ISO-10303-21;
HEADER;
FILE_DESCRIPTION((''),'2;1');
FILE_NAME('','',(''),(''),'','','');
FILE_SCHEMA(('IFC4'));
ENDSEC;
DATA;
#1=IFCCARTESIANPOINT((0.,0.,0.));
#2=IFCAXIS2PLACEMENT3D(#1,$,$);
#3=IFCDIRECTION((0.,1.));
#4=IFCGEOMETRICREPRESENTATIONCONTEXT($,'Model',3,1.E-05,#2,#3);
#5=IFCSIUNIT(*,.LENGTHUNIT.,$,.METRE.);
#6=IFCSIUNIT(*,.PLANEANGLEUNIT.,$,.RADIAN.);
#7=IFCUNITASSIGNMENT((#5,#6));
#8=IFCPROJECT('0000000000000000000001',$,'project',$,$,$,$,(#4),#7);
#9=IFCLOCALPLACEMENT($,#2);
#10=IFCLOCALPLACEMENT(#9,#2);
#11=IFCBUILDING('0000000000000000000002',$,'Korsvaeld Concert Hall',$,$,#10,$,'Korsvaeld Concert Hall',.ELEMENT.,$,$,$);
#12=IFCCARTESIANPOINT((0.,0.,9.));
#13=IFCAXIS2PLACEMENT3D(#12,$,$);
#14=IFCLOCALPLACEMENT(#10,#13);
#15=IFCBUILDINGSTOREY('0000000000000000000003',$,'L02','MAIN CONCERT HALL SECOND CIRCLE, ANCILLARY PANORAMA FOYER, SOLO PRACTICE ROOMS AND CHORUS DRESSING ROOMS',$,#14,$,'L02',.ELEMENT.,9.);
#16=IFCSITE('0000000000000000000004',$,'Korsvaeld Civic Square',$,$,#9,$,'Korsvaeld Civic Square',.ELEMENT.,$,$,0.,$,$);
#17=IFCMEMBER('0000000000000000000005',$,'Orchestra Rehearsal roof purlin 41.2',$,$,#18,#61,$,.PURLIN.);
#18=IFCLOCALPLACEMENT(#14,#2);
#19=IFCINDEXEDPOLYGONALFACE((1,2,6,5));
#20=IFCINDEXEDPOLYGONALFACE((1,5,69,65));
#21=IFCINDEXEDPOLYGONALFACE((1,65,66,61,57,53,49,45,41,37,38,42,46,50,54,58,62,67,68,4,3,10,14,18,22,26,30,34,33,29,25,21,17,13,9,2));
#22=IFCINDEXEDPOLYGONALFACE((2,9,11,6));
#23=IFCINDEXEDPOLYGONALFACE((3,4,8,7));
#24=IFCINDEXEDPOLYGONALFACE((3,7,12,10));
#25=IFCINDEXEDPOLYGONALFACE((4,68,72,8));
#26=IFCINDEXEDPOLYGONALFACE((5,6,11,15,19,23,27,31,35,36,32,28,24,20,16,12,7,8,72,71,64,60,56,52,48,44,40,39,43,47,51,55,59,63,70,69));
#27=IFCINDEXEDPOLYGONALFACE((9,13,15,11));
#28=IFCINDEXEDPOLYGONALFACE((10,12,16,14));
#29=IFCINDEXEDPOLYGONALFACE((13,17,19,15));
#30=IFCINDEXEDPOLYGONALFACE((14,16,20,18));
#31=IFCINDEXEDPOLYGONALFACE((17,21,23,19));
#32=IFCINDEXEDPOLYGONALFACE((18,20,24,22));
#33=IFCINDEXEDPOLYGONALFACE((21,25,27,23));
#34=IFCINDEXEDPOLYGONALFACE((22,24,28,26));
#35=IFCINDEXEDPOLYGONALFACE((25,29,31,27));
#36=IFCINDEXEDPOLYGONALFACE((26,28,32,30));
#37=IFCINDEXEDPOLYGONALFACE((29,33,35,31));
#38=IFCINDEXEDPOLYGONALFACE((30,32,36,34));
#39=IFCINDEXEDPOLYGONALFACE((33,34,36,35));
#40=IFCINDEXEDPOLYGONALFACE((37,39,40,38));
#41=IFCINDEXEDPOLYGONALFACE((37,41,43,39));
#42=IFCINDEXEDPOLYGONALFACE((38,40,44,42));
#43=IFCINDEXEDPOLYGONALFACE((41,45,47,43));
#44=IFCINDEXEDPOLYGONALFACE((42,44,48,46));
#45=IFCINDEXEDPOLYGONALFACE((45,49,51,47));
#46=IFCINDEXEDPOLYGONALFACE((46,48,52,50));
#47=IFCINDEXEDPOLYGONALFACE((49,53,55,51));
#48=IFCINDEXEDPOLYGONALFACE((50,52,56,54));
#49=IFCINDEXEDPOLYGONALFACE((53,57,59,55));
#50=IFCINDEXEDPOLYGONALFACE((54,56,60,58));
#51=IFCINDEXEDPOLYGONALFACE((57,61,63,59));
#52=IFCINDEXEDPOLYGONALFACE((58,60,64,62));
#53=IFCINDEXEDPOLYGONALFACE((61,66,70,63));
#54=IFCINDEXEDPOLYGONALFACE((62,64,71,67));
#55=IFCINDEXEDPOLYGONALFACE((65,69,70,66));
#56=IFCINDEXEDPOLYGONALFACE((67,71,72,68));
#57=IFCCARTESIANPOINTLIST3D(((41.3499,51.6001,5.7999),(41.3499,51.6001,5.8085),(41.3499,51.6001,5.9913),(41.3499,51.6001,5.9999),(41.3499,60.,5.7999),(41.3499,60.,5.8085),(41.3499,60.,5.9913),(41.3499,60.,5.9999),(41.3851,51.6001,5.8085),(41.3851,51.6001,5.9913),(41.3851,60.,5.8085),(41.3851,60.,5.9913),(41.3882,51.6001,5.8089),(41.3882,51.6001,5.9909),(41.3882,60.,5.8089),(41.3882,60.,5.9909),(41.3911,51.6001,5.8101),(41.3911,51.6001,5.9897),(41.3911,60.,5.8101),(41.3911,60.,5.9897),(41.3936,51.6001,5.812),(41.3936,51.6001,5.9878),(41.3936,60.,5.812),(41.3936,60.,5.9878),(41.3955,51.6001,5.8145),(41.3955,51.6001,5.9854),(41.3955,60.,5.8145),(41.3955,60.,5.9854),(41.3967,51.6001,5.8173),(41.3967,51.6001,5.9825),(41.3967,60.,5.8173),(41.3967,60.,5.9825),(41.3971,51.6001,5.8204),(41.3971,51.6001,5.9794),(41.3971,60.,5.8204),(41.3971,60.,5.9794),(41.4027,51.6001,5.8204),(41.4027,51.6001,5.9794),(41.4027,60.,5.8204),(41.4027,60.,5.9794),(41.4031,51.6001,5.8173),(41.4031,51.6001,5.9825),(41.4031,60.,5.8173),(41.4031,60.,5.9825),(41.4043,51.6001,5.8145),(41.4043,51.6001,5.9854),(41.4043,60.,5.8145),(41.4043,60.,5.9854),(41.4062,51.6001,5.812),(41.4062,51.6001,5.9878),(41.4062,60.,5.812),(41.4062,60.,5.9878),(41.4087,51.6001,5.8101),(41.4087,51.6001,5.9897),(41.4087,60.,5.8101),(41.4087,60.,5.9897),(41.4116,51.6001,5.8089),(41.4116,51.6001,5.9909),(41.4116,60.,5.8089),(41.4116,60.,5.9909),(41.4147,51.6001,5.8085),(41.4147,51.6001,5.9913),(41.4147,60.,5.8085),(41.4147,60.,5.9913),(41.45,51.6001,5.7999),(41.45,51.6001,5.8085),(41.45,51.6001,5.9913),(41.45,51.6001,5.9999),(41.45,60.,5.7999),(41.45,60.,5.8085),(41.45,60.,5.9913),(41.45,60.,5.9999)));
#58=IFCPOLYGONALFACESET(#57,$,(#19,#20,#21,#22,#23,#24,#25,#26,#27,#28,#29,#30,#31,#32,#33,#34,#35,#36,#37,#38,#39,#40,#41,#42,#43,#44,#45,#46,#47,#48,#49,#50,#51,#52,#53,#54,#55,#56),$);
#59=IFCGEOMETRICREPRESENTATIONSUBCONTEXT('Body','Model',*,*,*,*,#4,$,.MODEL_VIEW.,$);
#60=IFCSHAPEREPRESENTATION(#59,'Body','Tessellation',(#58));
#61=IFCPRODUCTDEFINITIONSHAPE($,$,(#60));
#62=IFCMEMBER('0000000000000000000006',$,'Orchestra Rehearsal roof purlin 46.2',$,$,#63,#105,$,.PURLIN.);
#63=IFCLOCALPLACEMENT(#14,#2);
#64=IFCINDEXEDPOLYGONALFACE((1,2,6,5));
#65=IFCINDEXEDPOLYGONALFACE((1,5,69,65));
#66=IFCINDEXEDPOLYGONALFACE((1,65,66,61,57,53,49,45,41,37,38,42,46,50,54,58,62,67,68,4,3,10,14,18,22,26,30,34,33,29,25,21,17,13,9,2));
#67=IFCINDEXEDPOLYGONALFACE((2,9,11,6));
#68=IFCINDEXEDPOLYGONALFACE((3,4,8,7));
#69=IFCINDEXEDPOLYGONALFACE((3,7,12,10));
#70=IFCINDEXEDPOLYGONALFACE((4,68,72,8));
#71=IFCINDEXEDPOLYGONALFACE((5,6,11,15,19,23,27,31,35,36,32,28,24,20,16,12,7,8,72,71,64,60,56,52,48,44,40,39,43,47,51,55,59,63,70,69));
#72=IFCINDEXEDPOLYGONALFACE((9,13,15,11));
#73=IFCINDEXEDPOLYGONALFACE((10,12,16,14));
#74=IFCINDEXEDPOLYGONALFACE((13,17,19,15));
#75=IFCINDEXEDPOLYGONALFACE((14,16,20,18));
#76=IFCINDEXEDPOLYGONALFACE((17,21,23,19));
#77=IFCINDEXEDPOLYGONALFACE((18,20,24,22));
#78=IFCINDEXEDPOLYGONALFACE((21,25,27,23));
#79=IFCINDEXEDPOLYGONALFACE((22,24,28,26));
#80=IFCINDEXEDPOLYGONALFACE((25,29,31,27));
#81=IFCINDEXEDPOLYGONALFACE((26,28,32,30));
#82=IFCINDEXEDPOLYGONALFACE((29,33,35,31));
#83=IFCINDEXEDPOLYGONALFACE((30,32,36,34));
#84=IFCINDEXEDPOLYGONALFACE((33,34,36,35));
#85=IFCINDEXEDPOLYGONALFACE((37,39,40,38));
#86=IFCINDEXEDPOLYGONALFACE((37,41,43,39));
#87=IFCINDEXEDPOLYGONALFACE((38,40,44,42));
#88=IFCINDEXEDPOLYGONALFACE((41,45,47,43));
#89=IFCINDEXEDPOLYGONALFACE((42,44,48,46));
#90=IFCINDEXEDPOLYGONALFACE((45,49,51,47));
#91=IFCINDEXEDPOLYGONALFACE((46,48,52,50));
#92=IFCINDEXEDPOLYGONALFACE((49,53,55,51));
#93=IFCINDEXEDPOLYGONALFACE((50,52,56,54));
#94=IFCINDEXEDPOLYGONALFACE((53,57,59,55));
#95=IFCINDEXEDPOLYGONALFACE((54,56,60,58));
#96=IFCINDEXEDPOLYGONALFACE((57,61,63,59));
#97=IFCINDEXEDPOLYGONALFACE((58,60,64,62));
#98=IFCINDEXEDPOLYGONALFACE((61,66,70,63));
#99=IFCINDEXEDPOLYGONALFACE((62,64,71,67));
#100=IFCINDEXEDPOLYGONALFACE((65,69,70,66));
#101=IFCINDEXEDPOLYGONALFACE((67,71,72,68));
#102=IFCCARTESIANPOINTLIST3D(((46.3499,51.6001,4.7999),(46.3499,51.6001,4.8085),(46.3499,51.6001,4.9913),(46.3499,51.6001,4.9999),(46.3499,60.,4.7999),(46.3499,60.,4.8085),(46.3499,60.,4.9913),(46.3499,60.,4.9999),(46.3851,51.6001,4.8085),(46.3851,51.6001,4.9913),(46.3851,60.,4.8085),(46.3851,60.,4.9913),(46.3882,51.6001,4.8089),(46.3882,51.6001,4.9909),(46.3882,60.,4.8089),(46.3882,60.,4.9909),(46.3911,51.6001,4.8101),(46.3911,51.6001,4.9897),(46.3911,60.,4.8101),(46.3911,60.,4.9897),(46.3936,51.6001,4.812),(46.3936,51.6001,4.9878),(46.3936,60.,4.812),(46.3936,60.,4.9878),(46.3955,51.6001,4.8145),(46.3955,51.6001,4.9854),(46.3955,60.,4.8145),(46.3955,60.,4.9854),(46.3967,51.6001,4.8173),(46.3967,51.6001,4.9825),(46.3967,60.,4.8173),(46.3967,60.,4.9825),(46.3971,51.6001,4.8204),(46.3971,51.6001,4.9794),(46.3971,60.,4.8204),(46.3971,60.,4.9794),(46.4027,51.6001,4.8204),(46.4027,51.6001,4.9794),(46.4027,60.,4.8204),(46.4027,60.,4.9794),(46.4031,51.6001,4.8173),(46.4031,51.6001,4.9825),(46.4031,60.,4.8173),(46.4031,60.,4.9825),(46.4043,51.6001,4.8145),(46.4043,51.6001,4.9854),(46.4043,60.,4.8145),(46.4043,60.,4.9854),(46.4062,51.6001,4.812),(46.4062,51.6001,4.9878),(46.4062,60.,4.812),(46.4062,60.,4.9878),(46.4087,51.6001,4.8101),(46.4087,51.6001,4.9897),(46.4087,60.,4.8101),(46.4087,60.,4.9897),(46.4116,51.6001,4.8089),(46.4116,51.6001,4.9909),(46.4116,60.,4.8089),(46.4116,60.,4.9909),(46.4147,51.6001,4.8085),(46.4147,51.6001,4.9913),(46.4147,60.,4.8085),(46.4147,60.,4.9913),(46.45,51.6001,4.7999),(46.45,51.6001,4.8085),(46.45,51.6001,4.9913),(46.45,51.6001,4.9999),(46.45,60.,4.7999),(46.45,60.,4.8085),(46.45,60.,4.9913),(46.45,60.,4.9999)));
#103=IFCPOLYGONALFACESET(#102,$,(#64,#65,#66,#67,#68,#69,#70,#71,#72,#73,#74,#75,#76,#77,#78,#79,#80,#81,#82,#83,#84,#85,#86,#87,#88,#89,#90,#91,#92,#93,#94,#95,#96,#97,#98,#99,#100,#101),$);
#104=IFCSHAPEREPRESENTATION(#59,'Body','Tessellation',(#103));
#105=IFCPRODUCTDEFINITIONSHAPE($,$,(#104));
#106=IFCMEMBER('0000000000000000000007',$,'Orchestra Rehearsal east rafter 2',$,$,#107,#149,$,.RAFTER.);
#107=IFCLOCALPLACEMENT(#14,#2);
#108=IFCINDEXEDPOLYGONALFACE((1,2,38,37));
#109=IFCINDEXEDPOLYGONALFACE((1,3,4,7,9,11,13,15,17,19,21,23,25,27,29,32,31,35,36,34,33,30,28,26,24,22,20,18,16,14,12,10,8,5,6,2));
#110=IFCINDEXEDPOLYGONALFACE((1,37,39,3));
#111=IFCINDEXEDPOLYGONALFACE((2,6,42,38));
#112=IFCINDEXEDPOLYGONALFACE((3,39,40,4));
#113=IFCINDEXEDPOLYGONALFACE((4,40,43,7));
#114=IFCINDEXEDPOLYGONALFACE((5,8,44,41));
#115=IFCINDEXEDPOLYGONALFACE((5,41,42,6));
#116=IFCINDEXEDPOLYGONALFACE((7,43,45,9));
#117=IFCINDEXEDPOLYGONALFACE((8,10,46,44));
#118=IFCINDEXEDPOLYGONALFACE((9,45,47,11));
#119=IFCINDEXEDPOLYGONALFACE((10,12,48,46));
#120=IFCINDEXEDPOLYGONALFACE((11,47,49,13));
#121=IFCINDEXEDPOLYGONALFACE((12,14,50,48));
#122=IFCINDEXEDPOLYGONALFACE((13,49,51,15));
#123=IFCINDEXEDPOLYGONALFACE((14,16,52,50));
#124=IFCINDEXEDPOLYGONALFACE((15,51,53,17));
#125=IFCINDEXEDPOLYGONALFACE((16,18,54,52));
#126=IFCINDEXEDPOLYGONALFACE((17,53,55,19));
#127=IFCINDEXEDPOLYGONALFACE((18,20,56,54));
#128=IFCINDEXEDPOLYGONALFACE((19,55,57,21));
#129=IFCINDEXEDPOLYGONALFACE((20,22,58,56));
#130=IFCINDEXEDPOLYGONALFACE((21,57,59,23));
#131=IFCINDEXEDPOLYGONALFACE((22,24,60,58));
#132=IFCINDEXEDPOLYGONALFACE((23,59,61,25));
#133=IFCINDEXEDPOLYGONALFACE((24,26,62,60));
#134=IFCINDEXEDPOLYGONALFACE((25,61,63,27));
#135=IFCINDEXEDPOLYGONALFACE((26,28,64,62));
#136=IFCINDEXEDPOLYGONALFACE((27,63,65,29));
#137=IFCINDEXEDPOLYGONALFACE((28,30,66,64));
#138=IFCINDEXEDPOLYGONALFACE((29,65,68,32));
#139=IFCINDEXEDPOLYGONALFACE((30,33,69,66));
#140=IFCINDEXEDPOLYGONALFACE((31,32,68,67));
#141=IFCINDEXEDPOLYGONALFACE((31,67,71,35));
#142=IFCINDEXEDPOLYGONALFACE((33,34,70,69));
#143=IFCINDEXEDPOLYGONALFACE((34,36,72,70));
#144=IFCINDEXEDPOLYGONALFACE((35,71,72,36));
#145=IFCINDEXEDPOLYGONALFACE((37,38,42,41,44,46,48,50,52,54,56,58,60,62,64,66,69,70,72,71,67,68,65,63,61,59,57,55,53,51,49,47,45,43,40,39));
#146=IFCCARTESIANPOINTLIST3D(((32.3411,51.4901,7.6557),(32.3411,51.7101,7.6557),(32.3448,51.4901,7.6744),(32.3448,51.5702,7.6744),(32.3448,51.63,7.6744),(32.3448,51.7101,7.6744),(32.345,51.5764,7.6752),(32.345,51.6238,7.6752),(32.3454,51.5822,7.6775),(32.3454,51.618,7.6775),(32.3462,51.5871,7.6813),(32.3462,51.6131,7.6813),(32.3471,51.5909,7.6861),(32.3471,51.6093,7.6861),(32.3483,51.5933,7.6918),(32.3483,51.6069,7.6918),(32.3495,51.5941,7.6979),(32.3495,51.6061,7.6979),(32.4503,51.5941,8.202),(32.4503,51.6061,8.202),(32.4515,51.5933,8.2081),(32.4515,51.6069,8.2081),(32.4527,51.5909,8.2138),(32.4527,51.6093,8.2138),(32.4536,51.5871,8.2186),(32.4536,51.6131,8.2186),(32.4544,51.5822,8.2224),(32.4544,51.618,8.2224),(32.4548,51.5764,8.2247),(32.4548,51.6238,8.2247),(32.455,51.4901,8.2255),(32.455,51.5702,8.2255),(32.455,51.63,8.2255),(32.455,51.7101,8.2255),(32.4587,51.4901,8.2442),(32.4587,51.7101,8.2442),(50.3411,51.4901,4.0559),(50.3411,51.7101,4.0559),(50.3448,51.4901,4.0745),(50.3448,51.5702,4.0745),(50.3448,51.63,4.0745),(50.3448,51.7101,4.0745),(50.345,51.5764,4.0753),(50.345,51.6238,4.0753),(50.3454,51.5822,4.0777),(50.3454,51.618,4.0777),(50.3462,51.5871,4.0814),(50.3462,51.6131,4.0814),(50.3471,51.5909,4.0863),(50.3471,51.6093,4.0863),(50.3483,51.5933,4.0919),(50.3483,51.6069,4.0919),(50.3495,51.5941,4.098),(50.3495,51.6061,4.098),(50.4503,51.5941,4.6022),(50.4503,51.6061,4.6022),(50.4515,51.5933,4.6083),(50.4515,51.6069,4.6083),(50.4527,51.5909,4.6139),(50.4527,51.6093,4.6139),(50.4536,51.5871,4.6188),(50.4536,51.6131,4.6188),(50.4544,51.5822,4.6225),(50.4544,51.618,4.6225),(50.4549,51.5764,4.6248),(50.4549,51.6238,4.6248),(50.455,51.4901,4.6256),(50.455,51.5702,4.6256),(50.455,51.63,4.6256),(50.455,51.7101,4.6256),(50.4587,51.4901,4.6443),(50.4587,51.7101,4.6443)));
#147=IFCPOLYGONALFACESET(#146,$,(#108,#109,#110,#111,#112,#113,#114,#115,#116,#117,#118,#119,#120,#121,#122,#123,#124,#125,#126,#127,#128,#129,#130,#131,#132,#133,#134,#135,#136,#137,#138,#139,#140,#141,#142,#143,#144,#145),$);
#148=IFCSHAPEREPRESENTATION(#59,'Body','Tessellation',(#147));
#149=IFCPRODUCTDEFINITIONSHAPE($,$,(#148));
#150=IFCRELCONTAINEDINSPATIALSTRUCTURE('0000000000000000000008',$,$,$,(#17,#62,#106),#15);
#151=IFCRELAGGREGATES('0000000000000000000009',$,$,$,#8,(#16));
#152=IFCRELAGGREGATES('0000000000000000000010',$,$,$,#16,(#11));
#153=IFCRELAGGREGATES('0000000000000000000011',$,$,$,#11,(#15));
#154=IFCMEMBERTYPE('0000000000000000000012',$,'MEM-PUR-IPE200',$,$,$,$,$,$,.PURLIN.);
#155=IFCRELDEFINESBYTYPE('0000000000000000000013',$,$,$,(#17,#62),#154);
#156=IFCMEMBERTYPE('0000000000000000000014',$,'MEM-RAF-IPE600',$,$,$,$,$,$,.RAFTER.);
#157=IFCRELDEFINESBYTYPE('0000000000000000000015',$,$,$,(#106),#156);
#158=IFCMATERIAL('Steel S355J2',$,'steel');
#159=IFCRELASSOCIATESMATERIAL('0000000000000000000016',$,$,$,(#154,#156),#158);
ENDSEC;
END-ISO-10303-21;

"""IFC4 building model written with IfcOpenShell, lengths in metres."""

from ifc_helpers import new_model, si_unit, direction, frame, origin, origin_2d, place, context, subcontext, project, spatial, i_section, extrude, material, material_profile, profile_set, type_object, element, save


model = new_model("IFC4")

# Units and contexts
model_context = context("Model", 3, precision=1e-05, world=origin(), true_north=direction((0.0, 1.0)))
body_context = subcontext(model_context, "Body", "Model", "MODEL_VIEW")
ifc_project = project(units=[si_unit("LENGTHUNIT", "METRE"), si_unit("PLANEANGLEUNIT", "RADIAN")], contexts=[model_context])

# Site, building, storey
site_placement = place(None, origin())
site = spatial("IfcSite", under=ifc_project, at=site_placement, Name="Korsvaeld Civic Square", LongName="Korsvaeld Civic Square", CompositionType="ELEMENT", RefElevation=0.0)
building_placement = place(site_placement, origin())
building = spatial("IfcBuilding", under=site, at=building_placement, Name="Korsvaeld Concert Hall", LongName="Korsvaeld Concert Hall", CompositionType="ELEMENT")
storey_placement = place(building_placement, frame((0.0, 0.0, 9.0)))
storey = spatial("IfcBuildingStorey", under=building, at=storey_placement, Name="L02", Description="MAIN CONCERT HALL SECOND CIRCLE, ANCILLARY PANORAMA FOYER, SOLO PRACTICE ROOMS AND CHORUS DRESSING ROOMS", LongName="L02", CompositionType="ELEMENT", Elevation=9.0)

# Members
ifc_material_1 = material(Name="Steel S355J2", Category="steel")
ifc_material_profile_1 = material_profile(ifc_material_1, i_section(OverallWidth=0.1001, OverallDepth=0.2, WebThickness=0.0056, FlangeThickness=0.0085, FilletRadius=0.012, at=origin_2d()), Name="IPE 200")
ifc_profile_set_1 = profile_set([ifc_material_profile_1], Name="Steel S355J2")
member_type_1 = type_object("IfcMemberType", Name="MEM-PUR-IPE200", PredefinedType="PURLIN", material=ifc_profile_set_1)
for number, where, z_axis, x_axis, name in (
    (1, (41.3999, 51.6001, 5.8999), (0.0, 1.0, 0.0), (-1.0, 0.0, 0.0), "Orchestra Rehearsal roof purlin 41.2"),
    (2, (46.3999, 51.6001, 4.8999), (0.0, 1.0, 0.0), (-1.0, 0.0, 0.0), "Orchestra Rehearsal roof purlin 46.2"),
):
    element("IfcMember", number, at=place(storey_placement, frame(where, z_axis=z_axis, x_axis=x_axis)), inside=storey, type_object=member_type_1, Name=name, PredefinedType="PURLIN", context=body_context, shape_type="SweptSolid", body=[
        extrude(i_section(OverallWidth=0.1001, OverallDepth=0.2, WebThickness=0.0056, FlangeThickness=0.0085, FilletRadius=0.012, at=origin_2d()), origin(), (0.0, 0.0, 1.0), 8.3999),
    ])
ifc_material_profile_2 = material_profile(ifc_material_1, i_section(OverallWidth=0.22, OverallDepth=0.6001, WebThickness=0.012, FlangeThickness=0.019, FilletRadius=0.0239, at=origin_2d()), Name="IPE 600")
ifc_profile_set_2 = profile_set([ifc_material_profile_2], Name="Steel S355J2")
member_type_2 = type_object("IfcMemberType", Name="MEM-RAF-IPE600", PredefinedType="RAFTER", material=ifc_profile_set_2)
member_1_placement = place(storey_placement, frame((50.3999, 51.6001, 4.3501), z_axis=(-0.980582, 0.0, 0.196108), x_axis=(0.0, -1.0, 0.0)))
element("IfcMember", 3, at=member_1_placement, inside=storey, type_object=member_type_2, Name="Orchestra Rehearsal east rafter 2", PredefinedType="RAFTER", context=body_context, shape_type="SweptSolid", body=[
    extrude(i_section(OverallWidth=0.22, OverallDepth=0.6001, WebThickness=0.012, FlangeThickness=0.019, FilletRadius=0.0239, at=origin_2d()), origin(), (0.0, 0.0, 1.0), 18.3564),
])

save(model, "model.ifc")
